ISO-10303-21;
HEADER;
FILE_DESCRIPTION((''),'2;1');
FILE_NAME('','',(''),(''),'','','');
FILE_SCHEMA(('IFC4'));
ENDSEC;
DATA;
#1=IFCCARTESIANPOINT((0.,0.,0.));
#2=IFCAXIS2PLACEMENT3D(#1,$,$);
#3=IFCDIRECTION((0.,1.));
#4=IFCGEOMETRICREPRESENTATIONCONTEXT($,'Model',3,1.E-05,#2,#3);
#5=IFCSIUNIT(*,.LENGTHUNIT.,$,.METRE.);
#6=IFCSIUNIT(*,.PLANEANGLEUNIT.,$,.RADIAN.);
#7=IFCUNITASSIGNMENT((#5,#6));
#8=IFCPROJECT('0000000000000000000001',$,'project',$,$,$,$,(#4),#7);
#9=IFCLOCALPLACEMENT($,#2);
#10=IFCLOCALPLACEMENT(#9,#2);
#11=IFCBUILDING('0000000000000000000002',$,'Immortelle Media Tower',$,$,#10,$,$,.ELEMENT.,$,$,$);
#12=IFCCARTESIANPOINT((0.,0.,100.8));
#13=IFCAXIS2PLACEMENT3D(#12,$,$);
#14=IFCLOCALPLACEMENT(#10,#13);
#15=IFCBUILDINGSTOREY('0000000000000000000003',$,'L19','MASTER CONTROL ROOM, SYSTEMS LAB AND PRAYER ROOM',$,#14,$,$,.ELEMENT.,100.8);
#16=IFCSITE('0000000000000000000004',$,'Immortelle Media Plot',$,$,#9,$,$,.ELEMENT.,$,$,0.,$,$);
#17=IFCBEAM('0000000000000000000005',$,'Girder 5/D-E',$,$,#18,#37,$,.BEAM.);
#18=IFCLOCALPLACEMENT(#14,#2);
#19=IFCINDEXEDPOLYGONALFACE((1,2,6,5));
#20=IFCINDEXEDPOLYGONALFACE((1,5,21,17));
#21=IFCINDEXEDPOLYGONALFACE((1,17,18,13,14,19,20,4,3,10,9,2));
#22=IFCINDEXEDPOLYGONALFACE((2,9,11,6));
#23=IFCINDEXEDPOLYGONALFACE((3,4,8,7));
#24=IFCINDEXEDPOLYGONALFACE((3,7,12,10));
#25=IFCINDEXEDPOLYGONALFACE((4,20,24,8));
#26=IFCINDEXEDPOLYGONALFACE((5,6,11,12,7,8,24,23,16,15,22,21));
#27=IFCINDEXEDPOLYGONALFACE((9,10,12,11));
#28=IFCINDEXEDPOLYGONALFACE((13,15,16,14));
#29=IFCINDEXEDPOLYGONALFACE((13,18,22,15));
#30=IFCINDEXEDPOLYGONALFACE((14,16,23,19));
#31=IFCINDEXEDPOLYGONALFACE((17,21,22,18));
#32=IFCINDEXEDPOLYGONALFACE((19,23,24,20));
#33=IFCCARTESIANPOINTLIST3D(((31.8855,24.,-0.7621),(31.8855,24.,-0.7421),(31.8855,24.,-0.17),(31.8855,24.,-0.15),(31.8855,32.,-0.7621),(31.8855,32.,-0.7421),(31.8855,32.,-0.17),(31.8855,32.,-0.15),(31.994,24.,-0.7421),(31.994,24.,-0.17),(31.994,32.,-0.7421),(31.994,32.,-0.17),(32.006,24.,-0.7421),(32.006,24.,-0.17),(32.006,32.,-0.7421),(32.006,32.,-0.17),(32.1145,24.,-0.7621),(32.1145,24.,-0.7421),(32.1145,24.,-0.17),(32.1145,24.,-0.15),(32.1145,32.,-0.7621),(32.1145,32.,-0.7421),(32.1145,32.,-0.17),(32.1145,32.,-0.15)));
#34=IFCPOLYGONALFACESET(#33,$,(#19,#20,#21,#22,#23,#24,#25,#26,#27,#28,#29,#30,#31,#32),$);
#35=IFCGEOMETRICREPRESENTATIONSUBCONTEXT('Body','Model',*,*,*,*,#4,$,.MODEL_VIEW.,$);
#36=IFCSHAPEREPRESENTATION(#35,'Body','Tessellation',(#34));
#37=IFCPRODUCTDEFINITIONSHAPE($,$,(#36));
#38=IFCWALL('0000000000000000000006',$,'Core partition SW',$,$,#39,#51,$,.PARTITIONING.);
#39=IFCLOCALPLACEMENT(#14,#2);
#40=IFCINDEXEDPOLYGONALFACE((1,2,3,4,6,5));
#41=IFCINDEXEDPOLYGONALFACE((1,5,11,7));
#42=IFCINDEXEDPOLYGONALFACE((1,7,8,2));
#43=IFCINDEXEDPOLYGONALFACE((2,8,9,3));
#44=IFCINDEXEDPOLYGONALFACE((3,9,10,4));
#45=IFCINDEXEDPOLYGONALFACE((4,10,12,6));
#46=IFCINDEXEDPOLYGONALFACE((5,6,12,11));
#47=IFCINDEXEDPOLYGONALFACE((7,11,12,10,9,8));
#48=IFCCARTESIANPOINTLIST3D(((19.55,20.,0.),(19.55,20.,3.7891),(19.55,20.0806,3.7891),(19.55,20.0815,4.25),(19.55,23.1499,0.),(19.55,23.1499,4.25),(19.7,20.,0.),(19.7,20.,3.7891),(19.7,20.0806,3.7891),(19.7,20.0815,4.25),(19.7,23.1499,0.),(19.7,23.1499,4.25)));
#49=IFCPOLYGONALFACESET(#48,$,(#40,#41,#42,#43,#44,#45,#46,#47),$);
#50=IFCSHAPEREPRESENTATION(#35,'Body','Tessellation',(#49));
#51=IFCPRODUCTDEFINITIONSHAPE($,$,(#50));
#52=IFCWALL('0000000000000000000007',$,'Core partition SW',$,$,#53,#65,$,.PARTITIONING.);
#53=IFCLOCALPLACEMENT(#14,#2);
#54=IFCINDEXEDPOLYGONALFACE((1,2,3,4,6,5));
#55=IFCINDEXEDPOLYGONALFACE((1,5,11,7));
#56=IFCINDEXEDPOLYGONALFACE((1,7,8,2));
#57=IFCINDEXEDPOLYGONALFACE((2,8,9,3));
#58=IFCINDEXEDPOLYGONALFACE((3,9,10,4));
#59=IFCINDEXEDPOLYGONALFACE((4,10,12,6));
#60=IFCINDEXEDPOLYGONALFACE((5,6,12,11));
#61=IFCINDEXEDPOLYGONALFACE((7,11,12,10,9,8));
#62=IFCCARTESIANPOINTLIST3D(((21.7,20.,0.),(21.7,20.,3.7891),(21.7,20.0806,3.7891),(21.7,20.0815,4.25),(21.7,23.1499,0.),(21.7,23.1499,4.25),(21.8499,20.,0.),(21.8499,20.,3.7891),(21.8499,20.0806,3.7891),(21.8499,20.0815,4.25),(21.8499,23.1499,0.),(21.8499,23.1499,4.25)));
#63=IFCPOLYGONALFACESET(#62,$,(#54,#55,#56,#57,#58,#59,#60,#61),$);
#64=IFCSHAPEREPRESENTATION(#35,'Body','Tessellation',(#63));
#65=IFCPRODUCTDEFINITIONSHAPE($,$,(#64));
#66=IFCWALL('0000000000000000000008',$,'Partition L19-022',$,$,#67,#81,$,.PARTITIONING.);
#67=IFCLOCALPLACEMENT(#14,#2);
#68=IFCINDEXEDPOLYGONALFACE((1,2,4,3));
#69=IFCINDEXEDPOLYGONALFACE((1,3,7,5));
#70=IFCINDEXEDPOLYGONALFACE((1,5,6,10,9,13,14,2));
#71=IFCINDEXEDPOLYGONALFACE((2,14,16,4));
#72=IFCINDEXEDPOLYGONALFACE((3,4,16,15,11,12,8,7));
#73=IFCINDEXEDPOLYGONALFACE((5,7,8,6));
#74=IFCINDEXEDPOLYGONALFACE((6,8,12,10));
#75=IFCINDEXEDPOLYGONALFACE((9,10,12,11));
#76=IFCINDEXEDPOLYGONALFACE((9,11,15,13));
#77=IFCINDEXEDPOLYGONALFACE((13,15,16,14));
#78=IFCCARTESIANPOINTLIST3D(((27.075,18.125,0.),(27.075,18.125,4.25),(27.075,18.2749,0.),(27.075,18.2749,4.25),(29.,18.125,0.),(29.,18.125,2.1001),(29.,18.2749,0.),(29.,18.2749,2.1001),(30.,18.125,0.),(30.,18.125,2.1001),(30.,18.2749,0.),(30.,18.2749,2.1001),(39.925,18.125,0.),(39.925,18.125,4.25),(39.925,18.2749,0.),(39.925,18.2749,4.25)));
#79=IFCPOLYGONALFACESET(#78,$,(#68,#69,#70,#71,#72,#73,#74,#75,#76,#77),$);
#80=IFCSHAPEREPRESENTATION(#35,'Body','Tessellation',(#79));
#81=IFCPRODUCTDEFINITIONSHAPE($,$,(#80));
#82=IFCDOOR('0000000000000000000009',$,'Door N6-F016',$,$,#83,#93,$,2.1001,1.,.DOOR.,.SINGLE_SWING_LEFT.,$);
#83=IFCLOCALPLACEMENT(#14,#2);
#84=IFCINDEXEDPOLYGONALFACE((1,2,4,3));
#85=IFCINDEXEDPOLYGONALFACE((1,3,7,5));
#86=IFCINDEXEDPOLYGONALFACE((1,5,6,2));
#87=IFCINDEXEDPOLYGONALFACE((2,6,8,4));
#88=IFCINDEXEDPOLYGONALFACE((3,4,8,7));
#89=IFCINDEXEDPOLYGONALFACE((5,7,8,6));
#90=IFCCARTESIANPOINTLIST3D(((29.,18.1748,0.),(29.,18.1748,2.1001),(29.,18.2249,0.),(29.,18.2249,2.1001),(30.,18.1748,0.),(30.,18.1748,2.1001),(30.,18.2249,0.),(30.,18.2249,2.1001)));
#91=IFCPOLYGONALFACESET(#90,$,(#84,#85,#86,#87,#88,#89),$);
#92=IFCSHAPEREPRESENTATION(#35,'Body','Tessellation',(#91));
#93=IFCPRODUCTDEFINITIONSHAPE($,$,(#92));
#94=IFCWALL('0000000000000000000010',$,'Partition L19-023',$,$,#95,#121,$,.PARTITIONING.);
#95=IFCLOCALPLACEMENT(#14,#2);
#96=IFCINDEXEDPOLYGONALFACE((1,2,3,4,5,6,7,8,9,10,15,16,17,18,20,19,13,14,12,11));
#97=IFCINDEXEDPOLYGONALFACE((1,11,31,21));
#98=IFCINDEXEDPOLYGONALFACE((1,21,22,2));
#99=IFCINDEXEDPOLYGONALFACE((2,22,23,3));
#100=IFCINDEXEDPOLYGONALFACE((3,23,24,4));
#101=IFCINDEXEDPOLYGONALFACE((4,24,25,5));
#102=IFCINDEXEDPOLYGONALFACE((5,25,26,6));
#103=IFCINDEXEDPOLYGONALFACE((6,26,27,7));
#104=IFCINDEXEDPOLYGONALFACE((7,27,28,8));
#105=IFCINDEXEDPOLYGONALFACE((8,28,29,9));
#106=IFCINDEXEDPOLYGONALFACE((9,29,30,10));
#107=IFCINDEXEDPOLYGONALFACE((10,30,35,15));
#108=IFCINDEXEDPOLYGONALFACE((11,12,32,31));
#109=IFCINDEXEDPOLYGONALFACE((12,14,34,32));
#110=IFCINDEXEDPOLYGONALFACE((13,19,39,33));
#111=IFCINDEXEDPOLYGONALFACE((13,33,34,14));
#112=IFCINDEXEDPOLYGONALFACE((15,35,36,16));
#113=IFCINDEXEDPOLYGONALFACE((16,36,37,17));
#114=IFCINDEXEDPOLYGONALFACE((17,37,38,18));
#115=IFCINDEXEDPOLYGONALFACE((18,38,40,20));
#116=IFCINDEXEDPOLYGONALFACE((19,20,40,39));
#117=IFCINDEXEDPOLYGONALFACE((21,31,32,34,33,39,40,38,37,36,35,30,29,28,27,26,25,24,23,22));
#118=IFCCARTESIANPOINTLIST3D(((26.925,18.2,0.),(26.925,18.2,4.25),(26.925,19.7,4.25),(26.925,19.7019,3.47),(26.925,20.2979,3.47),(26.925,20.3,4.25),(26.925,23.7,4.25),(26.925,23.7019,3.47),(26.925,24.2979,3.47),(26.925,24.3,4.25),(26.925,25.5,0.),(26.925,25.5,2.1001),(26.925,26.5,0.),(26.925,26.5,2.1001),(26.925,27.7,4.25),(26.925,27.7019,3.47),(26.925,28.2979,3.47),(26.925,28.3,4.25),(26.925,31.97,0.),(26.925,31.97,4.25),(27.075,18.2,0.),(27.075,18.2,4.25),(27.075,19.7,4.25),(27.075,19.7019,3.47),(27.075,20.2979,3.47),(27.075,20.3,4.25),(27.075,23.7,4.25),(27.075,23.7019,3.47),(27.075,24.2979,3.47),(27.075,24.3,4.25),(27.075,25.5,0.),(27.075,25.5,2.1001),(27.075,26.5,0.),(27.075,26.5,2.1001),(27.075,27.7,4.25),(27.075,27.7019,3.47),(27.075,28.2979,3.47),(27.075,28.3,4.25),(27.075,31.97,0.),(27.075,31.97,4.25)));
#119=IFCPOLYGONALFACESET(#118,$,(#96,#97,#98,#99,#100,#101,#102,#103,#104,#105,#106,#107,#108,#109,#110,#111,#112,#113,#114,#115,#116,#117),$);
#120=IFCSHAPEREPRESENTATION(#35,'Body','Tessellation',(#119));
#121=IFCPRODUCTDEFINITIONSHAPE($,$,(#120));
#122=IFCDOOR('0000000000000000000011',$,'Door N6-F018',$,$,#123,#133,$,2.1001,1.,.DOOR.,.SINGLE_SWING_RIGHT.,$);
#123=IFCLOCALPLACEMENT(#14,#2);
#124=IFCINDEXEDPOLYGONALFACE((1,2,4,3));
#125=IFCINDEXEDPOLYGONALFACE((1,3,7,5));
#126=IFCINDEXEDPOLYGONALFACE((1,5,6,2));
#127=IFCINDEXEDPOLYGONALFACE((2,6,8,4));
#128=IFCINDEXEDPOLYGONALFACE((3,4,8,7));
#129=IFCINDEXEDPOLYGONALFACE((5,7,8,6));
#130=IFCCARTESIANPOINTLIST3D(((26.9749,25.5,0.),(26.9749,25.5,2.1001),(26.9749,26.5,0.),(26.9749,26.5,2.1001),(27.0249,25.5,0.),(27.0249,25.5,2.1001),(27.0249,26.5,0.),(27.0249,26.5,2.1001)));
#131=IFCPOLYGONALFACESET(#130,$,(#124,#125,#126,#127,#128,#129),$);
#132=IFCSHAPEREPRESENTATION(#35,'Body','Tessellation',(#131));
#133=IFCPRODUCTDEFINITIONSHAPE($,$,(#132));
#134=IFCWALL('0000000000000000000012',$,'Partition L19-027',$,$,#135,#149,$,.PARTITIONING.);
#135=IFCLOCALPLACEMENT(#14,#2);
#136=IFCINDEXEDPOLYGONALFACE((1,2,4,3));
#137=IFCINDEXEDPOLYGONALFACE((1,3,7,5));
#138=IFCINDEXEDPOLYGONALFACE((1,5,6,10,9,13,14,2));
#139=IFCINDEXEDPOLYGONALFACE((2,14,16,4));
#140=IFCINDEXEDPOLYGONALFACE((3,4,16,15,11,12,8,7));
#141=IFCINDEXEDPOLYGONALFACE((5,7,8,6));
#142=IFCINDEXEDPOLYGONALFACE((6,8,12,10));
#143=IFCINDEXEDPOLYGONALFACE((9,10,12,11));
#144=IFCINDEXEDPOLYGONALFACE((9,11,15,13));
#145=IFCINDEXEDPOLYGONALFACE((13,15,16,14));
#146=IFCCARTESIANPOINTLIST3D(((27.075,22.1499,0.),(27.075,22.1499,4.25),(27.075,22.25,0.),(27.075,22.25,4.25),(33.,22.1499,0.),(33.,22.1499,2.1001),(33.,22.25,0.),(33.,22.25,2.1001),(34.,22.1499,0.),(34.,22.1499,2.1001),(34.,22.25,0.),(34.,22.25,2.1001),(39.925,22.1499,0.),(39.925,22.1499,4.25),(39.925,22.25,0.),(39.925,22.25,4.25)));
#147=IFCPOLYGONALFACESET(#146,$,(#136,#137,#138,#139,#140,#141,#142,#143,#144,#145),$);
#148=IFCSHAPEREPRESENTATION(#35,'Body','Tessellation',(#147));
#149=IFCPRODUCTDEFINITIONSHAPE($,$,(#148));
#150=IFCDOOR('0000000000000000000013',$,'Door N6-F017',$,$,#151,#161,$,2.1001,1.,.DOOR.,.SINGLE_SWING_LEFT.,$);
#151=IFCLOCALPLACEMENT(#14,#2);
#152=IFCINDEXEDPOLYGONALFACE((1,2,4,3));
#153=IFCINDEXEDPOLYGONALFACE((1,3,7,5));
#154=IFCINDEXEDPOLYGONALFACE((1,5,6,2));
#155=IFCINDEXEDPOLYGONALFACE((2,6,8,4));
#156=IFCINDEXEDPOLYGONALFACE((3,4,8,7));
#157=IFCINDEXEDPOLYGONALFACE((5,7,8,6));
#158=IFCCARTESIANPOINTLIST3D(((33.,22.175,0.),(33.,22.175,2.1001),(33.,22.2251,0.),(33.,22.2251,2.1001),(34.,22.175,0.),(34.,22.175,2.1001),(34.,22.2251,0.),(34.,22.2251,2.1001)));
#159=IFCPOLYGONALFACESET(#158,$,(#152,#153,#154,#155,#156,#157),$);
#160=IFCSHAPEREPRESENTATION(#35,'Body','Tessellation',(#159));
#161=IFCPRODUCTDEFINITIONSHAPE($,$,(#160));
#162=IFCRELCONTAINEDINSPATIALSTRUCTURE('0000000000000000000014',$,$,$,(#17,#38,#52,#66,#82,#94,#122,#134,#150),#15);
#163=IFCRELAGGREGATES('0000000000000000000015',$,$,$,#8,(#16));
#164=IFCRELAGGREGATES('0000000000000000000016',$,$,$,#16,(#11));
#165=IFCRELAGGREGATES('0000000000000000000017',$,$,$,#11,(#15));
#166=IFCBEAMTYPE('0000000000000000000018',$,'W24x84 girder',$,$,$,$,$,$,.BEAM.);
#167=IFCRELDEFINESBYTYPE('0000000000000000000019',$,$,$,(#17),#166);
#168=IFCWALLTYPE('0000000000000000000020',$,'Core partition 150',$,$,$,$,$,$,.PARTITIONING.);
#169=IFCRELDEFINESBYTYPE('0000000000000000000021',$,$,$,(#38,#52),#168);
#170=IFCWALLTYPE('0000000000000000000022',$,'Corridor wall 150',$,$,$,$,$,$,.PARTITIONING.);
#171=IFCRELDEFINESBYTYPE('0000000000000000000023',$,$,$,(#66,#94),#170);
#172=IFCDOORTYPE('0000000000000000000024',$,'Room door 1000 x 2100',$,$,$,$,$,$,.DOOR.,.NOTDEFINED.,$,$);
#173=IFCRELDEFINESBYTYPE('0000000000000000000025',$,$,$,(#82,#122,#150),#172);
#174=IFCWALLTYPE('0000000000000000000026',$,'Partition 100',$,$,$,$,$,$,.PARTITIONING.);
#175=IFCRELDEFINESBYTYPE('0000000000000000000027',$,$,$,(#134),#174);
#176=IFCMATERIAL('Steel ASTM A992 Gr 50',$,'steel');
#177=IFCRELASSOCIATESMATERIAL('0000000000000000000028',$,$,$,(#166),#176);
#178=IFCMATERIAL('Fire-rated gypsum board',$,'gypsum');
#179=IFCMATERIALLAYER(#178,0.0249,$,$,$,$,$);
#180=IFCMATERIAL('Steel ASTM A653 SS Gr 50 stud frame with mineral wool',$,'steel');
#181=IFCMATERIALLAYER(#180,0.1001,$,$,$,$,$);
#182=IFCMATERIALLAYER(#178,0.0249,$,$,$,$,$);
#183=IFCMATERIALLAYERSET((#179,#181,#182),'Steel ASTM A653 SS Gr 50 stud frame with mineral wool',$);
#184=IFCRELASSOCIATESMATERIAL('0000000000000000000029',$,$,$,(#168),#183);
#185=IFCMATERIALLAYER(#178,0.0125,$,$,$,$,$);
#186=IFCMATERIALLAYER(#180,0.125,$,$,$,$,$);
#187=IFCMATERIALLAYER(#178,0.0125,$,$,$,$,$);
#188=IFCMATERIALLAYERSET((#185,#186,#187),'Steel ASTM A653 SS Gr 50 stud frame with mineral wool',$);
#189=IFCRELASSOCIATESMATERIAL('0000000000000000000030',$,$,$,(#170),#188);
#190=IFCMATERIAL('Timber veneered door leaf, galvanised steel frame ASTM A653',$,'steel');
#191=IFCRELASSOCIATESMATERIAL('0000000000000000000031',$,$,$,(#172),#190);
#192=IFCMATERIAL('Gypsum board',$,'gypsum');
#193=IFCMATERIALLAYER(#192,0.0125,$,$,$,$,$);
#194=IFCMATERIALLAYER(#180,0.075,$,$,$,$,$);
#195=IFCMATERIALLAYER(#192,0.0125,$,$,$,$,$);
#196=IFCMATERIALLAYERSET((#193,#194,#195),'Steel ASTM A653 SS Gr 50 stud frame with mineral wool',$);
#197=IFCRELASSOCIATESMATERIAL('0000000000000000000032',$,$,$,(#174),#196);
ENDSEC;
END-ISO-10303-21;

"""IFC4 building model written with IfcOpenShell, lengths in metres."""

from ifc_helpers import new_model, si_unit, direction, frame, frame_2d, origin, origin_2d, place, context, subcontext, project, spatial, polyline, rectangle, i_section, outline, extrude, material, layer, layer_set, material_profile, profile_set, type_object, element, fill, save


model = new_model("IFC4")

# Units and contexts
model_context = context("Model", 3, precision=1e-05, world=origin(), true_north=direction((0.0, 1.0)))
body_context = subcontext(model_context, "Body", "Model", "MODEL_VIEW")
ifc_project = project(units=[si_unit("LENGTHUNIT", "METRE"), si_unit("PLANEANGLEUNIT", "RADIAN")], contexts=[model_context])

# Site, building, storey
site_placement = place(None, origin())
site = spatial("IfcSite", under=ifc_project, at=site_placement, Name="Immortelle Media Plot", CompositionType="ELEMENT", RefElevation=0.0)
building_placement = place(site_placement, origin())
building = spatial("IfcBuilding", under=site, at=building_placement, Name="Immortelle Media Tower", CompositionType="ELEMENT")
storey_placement = place(building_placement, frame((0.0, 0.0, 100.8)))
storey = spatial("IfcBuildingStorey", under=building, at=storey_placement, Name="L19", Description="MASTER CONTROL ROOM, SYSTEMS LAB AND PRAYER ROOM", CompositionType="ELEMENT", Elevation=100.8)

# Shared definitions
ifc_material_1 = material(Name="Steel ASTM A992 Gr 50", Category="steel")

# Beam
ifc_material_profile_1 = material_profile(ifc_material_1, i_section(OverallWidth=0.229, OverallDepth=0.6121, WebThickness=0.012, FlangeThickness=0.02, at=origin_2d()), Name="W24x84")
ifc_profile_set_1 = profile_set([ifc_material_profile_1], Name="Steel ASTM A992 Gr 50")
beam_type_1 = type_object("IfcBeamType", Name="W24x84 girder", PredefinedType="BEAM", material=ifc_profile_set_1)
for number, where, z_axis, x_axis, name in (
    (1, (32.0, 24.0, -0.4561), (0.0, 1.0, 0.0), (-1.0, 0.0, 0.0), "Girder 5/D-E"),
):
    element("IfcBeam", number, at=place(storey_placement, frame(where, z_axis=z_axis, x_axis=x_axis)), inside=storey, type_object=beam_type_1, Name=name, PredefinedType="BEAM", context=body_context, shape_type="SweptSolid", body=[
        extrude(i_section(OverallWidth=0.229, OverallDepth=0.6121, WebThickness=0.012, FlangeThickness=0.02, at=origin_2d()), origin(), (0.0, 0.0, 1.0), 8.0),
    ])

# Walls
ifc_material_2 = material(Name="Fire-rated gypsum board", Category="gypsum")
ifc_layer_1 = layer(ifc_material_2, 0.0249)
ifc_material_3 = material(Name="Steel ASTM A653 SS Gr 50 stud frame with mineral wool", Category="steel")
ifc_layer_2 = layer(ifc_material_3, 0.1001)
ifc_layer_3 = layer(ifc_material_2, 0.0249)
ifc_layer_set_1 = layer_set([ifc_layer_1, ifc_layer_2, ifc_layer_3], Name="Steel ASTM A653 SS Gr 50 stud frame with mineral wool")
wall_type_1 = type_object("IfcWallType", Name="Core partition 150", PredefinedType="PARTITIONING", material=ifc_layer_set_1)
for number, where, z_axis, x_axis, name in (
    (2, (19.625, 20.0, 0.0), (0.0, 0.0, 1.0), (0.0, 1.0, 0.0), "Core partition SW"),
    (3, (21.7749, 20.0, 0.0), (0.0, 0.0, 1.0), (0.0, 1.0, 0.0), "Core partition SW"),
):
    element("IfcWall", number, at=place(storey_placement, frame(where, z_axis=z_axis, x_axis=x_axis)), inside=storey, type_object=wall_type_1, Name=name, PredefinedType="PARTITIONING", context=body_context, shape_type="SweptSolid", body=[
        extrude(outline(polyline([(0.0, 0.0), (3.1499, 0.0), (3.1499, 4.25), (0.0815, 4.25), (0.0806, 3.7891), (0.0, 3.7891), (0.0, 0.0)])), frame((0.0, 0.075, 0.0), z_axis=(0.0, -1.0, 0.0), x_axis=(1.0, 0.0, 0.0)), (0.0, 0.0, 1.0), 0.1499),
    ])

# Walls, openings, doors
ifc_layer_4 = layer(ifc_material_2, 0.0125)
ifc_layer_5 = layer(ifc_material_3, 0.125)
ifc_layer_6 = layer(ifc_material_2, 0.0125)
ifc_layer_set_2 = layer_set([ifc_layer_4, ifc_layer_5, ifc_layer_6], Name="Steel ASTM A653 SS Gr 50 stud frame with mineral wool")
wall_type_2 = type_object("IfcWallType", Name="Corridor wall 150", PredefinedType="PARTITIONING", material=ifc_layer_set_2)
wall_1_placement = place(storey_placement, frame((27.075, 18.2, 0.0), z_axis=(0.0, 0.0, 1.0), x_axis=(1.0, 0.0, 0.0)))
wall_1 = element("IfcWall", 4, at=wall_1_placement, inside=storey, type_object=wall_type_2, Name="Partition L19-022", PredefinedType="PARTITIONING", context=body_context, shape_type="SweptSolid", body=[
    extrude(rectangle(XDim=12.8501, YDim=0.1499, at=frame_2d((6.425, 0.0))), origin(), (0.0, 0.0, 1.0), 4.25),
])
opening_1_placement = place(wall_1_placement, frame((1.925, 0.0, 0.0)))
opening_1 = element("IfcOpeningElement", 5, at=opening_1_placement, cuts=wall_1, PredefinedType="OPENING", context=body_context, shape_type="SweptSolid", body=[
    extrude(rectangle(XDim=1.0, YDim=2.1001, at=frame_2d((0.5, 1.05))), frame((0.0, 0.085, 0.0), z_axis=(0.0, -1.0, 0.0), x_axis=(1.0, 0.0, 0.0)), (0.0, 0.0, 1.0), 0.1699),
])
ifc_material_4 = material(Name="Timber veneered door leaf, galvanised steel frame ASTM A653", Category="steel")
door_type = type_object("IfcDoorType", Name="Room door 1000 x 2100", OperationType="NOTDEFINED", PredefinedType="DOOR", material=ifc_material_4)
door_1_placement = place(opening_1_placement, origin())
door_1 = element("IfcDoor", 6, at=door_1_placement, inside=storey, type_object=door_type, Name="Door N6-F016", OperationType="SINGLE_SWING_LEFT", OverallHeight=2.1001, OverallWidth=1.0, PredefinedType="DOOR", context=body_context, shape_type="SweptSolid", body=[
    extrude(rectangle(XDim=1.0, YDim=2.1001, at=frame_2d((0.5, 1.05))), frame((0.0, 0.0249, 0.0), z_axis=(0.0, -1.0, 0.0), x_axis=(1.0, 0.0, 0.0)), (0.0, 0.0, 1.0), 0.05),
])
fill(opening_1, door_1)
wall_2_placement = place(storey_placement, frame((27.0, 18.2, 0.0), z_axis=(0.0, 0.0, 1.0), x_axis=(0.0, 1.0, 0.0)))
wall_2 = element("IfcWall", 7, at=wall_2_placement, inside=storey, type_object=wall_type_2, Name="Partition L19-023", PredefinedType="PARTITIONING", context=body_context, shape_type="SweptSolid", body=[
    extrude(outline(polyline([(0.0, 0.0), (13.77, 0.0), (13.77, 4.25), (10.1001, 4.25), (10.0979, 3.47), (9.502, 3.47), (9.5, 4.25), (6.1001, 4.25), (6.0979, 3.47), (5.502, 3.47), (5.5, 4.25), (2.1001, 4.25), (2.0979, 3.47), (1.502, 3.47), (1.5, 4.25), (0.0, 4.25), (0.0, 0.0)])), frame((0.0, 0.075, 0.0), z_axis=(0.0, -1.0, 0.0), x_axis=(1.0, 0.0, 0.0)), (0.0, 0.0, 1.0), 0.1499),
])
opening_2_placement = place(wall_2_placement, frame((8.3, 0.0, 0.0), z_axis=(0.0, 0.0, 1.0), x_axis=(-1.0, 0.0, 0.0)))
opening_2 = element("IfcOpeningElement", 8, at=opening_2_placement, cuts=wall_2, PredefinedType="OPENING", context=body_context, shape_type="SweptSolid", body=[
    extrude(rectangle(XDim=1.0, YDim=2.1001, at=frame_2d((0.5, 1.05))), frame((0.0, 0.085, 0.0), z_axis=(0.0, -1.0, 0.0), x_axis=(1.0, 0.0, 0.0)), (0.0, 0.0, 1.0), 0.1699),
])
door_2_placement = place(opening_2_placement, origin())
door_2 = element("IfcDoor", 9, at=door_2_placement, inside=storey, type_object=door_type, Name="Door N6-F018", OperationType="SINGLE_SWING_RIGHT", OverallHeight=2.1001, OverallWidth=1.0, PredefinedType="DOOR", context=body_context, shape_type="SweptSolid", body=[
    extrude(rectangle(XDim=1.0, YDim=2.1001, at=frame_2d((0.5, 1.05))), frame((0.0, 0.0249, 0.0), z_axis=(0.0, -1.0, 0.0), x_axis=(1.0, 0.0, 0.0)), (0.0, 0.0, 1.0), 0.05),
])
fill(opening_2, door_2)
ifc_material_5 = material(Name="Gypsum board", Category="gypsum")
ifc_layer_7 = layer(ifc_material_5, 0.0125)
ifc_layer_8 = layer(ifc_material_3, 0.075)
ifc_layer_9 = layer(ifc_material_5, 0.0125)
ifc_layer_set_3 = layer_set([ifc_layer_7, ifc_layer_8, ifc_layer_9], Name="Steel ASTM A653 SS Gr 50 stud frame with mineral wool")
wall_type_3 = type_object("IfcWallType", Name="Partition 100", PredefinedType="PARTITIONING", material=ifc_layer_set_3)
wall_3_placement = place(storey_placement, frame((27.075, 22.2, 0.0), z_axis=(0.0, 0.0, 1.0), x_axis=(1.0, 0.0, 0.0)))
wall_3 = element("IfcWall", 10, at=wall_3_placement, inside=storey, type_object=wall_type_3, Name="Partition L19-027", PredefinedType="PARTITIONING", context=body_context, shape_type="SweptSolid", body=[
    extrude(rectangle(XDim=12.8501, YDim=0.1001, at=frame_2d((6.425, 0.0))), origin(), (0.0, 0.0, 1.0), 4.25),
])
opening_3_placement = place(wall_3_placement, frame((6.925, 0.0, 0.0), z_axis=(0.0, 0.0, 1.0), x_axis=(-1.0, 0.0, 0.0)))
opening_3 = element("IfcOpeningElement", 11, at=opening_3_placement, cuts=wall_3, PredefinedType="OPENING", context=body_context, shape_type="SweptSolid", body=[
    extrude(rectangle(XDim=1.0, YDim=2.1001, at=frame_2d((0.5, 1.05))), frame((0.0, 0.0601, 0.0), z_axis=(0.0, -1.0, 0.0), x_axis=(1.0, 0.0, 0.0)), (0.0, 0.0, 1.0), 0.1201),
])
door_3_placement = place(opening_3_placement, origin())
door_3 = element("IfcDoor", 12, at=door_3_placement, inside=storey, type_object=door_type, Name="Door N6-F017", OperationType="SINGLE_SWING_LEFT", OverallHeight=2.1001, OverallWidth=1.0, PredefinedType="DOOR", context=body_context, shape_type="SweptSolid", body=[
    extrude(rectangle(XDim=1.0, YDim=2.1001, at=frame_2d((0.5, 1.05))), frame((0.0, 0.0249, 0.0), z_axis=(0.0, -1.0, 0.0), x_axis=(1.0, 0.0, 0.0)), (0.0, 0.0, 1.0), 0.05),
])
fill(opening_3, door_3)

save(model, "model.ifc")
